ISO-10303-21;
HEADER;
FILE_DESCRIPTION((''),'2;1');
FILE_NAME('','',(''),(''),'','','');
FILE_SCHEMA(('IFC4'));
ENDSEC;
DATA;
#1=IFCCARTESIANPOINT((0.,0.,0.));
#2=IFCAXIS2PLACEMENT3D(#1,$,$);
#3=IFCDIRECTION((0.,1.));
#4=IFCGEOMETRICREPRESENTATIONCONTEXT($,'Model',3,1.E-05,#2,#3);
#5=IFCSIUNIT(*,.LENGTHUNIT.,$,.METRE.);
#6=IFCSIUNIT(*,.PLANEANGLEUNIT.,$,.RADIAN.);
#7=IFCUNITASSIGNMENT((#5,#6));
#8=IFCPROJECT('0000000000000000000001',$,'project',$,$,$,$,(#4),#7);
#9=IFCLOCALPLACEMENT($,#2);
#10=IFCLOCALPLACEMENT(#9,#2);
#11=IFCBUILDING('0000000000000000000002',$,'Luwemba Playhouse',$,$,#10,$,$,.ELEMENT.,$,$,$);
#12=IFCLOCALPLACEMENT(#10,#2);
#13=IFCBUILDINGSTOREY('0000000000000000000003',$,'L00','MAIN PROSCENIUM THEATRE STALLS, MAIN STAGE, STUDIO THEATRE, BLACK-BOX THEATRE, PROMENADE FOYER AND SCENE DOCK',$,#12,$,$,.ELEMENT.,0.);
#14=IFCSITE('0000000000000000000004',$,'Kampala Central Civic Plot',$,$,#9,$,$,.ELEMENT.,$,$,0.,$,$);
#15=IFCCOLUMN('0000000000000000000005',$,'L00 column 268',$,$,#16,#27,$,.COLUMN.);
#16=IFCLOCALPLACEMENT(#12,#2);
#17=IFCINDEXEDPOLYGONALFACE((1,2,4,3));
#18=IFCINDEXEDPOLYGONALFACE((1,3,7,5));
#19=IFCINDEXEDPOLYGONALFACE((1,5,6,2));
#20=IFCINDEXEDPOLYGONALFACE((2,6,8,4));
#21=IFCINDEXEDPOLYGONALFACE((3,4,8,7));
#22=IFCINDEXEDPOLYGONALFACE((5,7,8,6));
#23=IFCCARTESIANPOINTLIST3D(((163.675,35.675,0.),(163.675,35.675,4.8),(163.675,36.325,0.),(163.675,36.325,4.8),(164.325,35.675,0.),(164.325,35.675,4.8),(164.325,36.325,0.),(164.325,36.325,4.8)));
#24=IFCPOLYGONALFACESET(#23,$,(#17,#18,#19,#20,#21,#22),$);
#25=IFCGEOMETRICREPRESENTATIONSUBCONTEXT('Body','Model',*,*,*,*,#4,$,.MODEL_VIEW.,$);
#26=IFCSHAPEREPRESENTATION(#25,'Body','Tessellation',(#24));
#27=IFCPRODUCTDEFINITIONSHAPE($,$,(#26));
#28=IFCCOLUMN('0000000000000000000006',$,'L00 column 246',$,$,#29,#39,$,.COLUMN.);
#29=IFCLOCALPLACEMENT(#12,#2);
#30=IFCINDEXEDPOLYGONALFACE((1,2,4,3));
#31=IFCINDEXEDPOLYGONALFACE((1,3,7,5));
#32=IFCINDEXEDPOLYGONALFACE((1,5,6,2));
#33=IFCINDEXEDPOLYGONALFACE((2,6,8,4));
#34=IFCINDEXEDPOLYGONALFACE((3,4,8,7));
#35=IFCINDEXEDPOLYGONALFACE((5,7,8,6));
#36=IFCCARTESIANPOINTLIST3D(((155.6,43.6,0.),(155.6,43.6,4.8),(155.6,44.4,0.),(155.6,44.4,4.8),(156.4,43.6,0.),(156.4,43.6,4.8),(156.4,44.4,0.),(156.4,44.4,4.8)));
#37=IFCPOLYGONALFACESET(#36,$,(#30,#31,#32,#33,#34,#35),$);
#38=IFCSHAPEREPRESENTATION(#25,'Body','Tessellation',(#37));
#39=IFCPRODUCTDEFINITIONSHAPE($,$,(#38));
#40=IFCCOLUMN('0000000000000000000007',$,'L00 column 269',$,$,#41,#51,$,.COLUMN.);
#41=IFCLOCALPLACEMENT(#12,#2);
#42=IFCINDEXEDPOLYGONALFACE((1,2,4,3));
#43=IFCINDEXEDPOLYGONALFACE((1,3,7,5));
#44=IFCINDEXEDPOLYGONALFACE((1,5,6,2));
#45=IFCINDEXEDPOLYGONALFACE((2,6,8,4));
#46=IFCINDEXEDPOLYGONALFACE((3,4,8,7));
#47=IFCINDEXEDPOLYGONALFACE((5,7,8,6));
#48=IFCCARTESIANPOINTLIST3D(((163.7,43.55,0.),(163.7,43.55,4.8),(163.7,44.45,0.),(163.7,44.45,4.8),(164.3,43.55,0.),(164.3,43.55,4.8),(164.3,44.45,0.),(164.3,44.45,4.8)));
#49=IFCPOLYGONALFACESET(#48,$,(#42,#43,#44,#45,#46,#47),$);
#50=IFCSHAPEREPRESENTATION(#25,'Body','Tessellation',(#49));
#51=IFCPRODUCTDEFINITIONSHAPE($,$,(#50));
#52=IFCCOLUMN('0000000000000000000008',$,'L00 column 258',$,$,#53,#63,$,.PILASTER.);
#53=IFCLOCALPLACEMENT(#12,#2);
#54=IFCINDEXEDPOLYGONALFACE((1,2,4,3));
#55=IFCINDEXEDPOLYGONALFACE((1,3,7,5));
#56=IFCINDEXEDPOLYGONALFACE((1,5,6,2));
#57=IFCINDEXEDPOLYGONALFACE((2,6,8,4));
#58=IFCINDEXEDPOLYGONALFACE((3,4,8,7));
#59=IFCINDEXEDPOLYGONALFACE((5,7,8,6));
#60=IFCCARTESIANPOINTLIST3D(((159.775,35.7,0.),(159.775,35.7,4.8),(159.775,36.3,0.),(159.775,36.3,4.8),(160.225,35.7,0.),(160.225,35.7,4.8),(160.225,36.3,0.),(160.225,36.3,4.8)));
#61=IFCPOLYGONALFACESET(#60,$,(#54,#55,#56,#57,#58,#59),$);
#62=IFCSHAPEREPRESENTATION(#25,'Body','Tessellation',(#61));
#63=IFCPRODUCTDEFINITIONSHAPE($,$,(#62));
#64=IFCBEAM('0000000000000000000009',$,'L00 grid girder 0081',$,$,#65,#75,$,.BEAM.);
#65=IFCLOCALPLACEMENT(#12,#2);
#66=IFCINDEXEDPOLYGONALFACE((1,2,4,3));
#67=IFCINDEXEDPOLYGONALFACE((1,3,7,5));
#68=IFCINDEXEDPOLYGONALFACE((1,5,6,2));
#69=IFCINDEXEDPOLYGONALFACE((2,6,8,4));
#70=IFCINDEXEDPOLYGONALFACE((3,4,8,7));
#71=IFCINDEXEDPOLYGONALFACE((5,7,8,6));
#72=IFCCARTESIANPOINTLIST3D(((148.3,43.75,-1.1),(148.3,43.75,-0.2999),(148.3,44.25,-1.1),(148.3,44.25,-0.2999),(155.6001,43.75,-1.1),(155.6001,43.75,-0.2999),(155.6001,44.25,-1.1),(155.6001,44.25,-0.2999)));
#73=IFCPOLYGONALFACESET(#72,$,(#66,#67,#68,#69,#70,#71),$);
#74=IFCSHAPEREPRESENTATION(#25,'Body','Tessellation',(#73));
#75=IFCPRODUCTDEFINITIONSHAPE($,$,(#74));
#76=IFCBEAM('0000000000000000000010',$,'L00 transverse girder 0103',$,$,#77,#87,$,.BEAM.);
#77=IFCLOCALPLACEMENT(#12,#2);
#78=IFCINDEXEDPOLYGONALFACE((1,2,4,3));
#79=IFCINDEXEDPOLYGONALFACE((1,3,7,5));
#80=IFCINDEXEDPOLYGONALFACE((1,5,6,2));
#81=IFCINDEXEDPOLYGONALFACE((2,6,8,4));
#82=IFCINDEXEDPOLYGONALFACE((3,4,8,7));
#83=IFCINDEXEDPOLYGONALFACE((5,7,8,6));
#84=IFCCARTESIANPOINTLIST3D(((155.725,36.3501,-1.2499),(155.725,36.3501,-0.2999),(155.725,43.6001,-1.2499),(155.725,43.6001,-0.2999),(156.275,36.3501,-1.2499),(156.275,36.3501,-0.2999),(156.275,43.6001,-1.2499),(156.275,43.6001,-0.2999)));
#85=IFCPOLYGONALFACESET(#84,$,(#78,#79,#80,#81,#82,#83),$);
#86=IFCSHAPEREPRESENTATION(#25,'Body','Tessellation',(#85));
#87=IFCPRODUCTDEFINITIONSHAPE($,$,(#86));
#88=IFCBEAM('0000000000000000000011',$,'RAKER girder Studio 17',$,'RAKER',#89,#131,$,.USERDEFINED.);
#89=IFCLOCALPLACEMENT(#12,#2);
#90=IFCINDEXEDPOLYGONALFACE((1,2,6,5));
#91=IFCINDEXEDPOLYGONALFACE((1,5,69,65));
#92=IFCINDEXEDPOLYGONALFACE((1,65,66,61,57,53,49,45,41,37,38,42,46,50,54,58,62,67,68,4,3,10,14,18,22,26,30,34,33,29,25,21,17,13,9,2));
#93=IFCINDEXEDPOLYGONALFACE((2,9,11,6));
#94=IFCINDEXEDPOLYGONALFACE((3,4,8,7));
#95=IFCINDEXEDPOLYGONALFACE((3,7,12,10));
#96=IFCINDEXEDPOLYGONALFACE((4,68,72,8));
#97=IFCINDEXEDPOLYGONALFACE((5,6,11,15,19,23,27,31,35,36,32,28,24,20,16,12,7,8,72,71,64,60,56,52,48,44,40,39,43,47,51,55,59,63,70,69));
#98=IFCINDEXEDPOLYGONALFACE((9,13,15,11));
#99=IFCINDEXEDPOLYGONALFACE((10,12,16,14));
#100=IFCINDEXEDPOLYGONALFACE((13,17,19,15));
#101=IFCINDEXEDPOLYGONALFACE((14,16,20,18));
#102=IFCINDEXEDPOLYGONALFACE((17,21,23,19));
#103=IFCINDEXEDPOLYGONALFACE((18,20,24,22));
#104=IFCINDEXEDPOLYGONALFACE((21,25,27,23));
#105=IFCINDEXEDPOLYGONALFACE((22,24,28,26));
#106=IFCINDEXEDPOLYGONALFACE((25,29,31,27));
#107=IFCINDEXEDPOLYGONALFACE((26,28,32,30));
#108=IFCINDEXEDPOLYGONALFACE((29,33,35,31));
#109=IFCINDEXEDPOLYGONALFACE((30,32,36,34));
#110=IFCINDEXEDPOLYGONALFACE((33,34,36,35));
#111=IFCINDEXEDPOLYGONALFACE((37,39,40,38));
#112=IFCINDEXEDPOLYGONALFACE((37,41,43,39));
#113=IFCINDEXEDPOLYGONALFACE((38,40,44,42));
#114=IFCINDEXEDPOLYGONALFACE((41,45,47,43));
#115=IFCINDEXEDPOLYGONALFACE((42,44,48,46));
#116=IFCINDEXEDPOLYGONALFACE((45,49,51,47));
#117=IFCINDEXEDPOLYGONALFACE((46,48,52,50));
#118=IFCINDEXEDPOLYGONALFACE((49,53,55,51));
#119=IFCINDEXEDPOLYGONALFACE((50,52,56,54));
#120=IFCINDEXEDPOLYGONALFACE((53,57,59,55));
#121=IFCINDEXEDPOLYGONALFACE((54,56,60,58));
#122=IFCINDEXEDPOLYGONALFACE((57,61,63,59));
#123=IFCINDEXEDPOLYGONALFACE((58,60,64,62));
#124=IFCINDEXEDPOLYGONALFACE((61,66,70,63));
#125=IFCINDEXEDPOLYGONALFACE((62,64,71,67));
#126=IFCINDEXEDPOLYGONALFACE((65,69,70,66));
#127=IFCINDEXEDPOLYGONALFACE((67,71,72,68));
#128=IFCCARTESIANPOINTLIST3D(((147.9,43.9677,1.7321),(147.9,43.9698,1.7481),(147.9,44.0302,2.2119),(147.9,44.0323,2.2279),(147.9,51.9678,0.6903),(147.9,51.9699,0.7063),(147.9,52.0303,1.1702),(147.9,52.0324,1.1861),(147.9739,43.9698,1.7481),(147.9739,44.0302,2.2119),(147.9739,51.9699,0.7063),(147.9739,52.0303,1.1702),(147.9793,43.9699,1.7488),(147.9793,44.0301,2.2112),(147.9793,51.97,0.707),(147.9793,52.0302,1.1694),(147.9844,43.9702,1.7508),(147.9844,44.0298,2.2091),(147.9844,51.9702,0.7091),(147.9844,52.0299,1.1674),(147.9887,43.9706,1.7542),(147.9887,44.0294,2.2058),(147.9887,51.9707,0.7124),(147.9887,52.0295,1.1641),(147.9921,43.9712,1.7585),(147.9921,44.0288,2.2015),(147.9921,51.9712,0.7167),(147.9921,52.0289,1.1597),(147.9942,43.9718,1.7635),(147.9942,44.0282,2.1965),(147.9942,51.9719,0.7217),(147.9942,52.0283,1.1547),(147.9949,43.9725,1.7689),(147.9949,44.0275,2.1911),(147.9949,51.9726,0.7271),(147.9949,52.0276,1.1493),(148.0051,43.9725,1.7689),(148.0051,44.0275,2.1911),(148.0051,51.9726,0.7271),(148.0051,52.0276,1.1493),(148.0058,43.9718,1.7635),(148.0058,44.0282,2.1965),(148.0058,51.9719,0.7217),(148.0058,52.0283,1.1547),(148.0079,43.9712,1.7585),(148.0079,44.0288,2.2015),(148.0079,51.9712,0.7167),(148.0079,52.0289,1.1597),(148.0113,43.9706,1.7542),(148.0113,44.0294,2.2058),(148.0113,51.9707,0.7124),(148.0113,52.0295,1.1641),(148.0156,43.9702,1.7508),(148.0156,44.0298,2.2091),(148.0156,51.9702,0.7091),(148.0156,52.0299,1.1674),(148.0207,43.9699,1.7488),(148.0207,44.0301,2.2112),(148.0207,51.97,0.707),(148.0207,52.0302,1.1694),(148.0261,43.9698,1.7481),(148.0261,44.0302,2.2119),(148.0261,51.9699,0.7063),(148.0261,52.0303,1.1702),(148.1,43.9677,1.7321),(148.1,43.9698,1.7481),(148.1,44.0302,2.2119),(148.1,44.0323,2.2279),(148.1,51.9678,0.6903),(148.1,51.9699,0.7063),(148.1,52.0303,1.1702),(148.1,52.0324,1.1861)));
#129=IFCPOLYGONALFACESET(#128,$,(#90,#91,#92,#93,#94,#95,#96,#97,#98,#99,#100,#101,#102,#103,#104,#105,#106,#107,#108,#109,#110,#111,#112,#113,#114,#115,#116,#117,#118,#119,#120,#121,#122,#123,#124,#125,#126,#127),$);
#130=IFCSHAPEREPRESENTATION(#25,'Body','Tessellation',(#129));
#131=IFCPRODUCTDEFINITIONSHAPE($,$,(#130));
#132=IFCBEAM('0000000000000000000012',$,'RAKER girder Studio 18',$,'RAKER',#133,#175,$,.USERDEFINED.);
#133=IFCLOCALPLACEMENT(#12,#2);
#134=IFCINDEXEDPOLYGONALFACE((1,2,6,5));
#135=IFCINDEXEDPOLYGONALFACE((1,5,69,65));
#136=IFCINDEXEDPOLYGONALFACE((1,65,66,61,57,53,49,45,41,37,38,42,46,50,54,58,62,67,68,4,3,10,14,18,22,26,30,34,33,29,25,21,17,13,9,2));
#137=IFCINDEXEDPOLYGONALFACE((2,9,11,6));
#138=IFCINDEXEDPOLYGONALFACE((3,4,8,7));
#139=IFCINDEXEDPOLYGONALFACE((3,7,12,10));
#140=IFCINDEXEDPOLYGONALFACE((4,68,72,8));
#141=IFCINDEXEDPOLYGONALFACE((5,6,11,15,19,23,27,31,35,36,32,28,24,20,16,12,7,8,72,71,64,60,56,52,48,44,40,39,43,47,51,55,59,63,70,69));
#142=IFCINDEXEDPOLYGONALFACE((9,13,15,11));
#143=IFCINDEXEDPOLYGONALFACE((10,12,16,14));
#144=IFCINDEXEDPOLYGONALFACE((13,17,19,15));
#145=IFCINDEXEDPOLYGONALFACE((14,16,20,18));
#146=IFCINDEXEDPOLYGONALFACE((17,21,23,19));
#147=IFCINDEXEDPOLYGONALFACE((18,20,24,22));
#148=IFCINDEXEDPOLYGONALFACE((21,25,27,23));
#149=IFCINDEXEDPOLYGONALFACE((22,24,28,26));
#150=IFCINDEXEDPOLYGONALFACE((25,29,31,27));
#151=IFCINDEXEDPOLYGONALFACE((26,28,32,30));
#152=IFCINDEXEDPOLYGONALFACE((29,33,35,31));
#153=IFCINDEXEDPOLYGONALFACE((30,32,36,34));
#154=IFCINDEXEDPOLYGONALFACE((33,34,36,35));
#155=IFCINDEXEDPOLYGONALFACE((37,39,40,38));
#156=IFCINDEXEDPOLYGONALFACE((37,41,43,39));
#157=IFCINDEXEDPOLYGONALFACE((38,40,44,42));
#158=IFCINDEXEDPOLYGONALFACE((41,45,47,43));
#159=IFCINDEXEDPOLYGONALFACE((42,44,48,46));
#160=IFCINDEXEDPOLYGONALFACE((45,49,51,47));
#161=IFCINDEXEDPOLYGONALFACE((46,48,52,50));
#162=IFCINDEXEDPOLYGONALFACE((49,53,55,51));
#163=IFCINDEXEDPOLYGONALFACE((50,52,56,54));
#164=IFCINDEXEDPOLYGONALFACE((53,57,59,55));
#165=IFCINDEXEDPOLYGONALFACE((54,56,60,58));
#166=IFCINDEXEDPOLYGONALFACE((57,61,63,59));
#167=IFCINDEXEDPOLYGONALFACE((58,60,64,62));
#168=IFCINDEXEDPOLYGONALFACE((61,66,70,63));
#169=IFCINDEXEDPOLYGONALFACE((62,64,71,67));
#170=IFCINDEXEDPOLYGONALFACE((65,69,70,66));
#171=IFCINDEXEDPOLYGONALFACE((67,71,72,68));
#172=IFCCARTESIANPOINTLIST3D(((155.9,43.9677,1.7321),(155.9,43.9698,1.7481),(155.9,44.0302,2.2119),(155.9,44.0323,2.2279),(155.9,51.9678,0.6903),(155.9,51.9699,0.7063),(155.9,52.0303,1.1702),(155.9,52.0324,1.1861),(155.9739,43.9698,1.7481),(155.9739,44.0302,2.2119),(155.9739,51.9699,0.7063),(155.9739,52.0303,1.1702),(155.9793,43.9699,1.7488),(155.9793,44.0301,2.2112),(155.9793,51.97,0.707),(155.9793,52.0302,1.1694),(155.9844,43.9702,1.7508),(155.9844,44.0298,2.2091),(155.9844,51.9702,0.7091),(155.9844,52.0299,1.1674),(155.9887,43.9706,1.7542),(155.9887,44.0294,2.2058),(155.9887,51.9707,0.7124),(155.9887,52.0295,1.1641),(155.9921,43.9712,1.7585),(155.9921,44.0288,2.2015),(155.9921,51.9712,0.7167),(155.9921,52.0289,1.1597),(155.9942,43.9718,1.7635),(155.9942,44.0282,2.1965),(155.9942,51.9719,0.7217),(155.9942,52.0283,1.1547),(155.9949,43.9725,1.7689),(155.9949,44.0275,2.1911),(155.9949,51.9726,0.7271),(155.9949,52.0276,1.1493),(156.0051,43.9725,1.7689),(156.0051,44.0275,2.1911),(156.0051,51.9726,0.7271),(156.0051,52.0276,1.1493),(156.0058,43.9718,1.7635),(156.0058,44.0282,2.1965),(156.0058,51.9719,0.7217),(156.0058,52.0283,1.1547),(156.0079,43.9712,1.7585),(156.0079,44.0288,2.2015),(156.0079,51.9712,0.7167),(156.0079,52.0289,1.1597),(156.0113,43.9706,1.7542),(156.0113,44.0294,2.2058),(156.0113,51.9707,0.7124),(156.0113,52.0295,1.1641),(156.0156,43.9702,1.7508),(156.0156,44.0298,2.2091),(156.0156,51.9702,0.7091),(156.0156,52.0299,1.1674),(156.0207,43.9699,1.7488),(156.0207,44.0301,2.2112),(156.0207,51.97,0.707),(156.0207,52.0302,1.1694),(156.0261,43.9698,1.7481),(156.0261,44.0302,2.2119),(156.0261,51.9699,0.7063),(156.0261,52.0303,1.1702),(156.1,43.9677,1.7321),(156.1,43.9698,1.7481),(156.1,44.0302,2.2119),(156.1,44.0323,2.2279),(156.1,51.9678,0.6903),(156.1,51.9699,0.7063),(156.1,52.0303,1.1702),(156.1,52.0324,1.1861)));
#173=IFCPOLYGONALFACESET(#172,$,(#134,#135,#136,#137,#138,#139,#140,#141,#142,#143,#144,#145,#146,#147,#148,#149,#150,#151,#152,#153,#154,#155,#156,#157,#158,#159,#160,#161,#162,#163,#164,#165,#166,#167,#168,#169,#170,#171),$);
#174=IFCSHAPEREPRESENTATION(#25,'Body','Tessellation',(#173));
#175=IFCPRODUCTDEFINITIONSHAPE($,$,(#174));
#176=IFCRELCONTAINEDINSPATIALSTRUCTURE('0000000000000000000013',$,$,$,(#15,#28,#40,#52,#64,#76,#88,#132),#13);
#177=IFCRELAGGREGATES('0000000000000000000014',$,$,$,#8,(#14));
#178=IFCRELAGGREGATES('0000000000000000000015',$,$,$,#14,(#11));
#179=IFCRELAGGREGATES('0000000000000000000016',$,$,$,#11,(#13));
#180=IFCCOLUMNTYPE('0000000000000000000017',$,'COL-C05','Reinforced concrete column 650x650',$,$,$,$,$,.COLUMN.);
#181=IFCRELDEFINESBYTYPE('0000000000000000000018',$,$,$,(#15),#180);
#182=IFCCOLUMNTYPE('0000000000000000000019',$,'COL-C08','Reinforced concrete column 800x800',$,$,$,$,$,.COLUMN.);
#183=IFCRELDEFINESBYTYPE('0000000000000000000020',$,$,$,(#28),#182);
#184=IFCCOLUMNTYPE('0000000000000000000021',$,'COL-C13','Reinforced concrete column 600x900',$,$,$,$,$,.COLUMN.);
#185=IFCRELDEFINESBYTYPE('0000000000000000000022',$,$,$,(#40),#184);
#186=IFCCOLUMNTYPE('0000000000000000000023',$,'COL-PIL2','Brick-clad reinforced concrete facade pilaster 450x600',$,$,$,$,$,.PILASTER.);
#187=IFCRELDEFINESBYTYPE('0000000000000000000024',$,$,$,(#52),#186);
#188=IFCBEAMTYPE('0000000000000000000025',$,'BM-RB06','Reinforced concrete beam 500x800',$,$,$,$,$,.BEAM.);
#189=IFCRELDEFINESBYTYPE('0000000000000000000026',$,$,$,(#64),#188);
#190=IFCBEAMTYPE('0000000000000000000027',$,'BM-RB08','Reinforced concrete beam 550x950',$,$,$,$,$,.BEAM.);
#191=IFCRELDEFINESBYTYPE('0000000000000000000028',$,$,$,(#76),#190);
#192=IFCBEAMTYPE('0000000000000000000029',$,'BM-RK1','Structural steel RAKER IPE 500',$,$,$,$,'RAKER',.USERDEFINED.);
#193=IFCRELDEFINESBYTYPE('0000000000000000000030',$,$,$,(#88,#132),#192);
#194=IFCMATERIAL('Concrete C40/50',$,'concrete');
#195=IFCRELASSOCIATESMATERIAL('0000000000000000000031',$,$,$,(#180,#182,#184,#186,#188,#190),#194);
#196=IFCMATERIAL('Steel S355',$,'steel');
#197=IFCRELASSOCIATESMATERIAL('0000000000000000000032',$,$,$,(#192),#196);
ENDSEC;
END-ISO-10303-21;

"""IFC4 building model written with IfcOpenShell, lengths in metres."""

from ifc_helpers import new_model, si_unit, direction, frame, origin, origin_2d, place, context, subcontext, project, spatial, rectangle, i_section, extrude, material, material_profile, profile_set, type_object, element, save


model = new_model("IFC4")

# Units and contexts
model_context = context("Model", 3, precision=1e-05, world=origin(), true_north=direction((0.0, 1.0)))
body_context = subcontext(model_context, "Body", "Model", "MODEL_VIEW")
ifc_project = project(units=[si_unit("LENGTHUNIT", "METRE"), si_unit("PLANEANGLEUNIT", "RADIAN")], contexts=[model_context])

# Site, building, storey
site_placement = place(None, origin())
site = spatial("IfcSite", under=ifc_project, at=site_placement, Name="Kampala Central Civic Plot", CompositionType="ELEMENT", RefElevation=0.0)
building_placement = place(site_placement, origin())
building = spatial("IfcBuilding", under=site, at=building_placement, Name="Luwemba Playhouse", CompositionType="ELEMENT")
storey_placement = place(building_placement, origin())
storey = spatial("IfcBuildingStorey", under=building, at=storey_placement, Name="L00", Description="MAIN PROSCENIUM THEATRE STALLS, MAIN STAGE, STUDIO THEATRE, BLACK-BOX THEATRE, PROMENADE FOYER AND SCENE DOCK", CompositionType="ELEMENT", Elevation=0.0)

# Columns
ifc_material_1 = material(Name="Concrete C40/50", Category="concrete")
ifc_material_profile_1 = material_profile(ifc_material_1, rectangle(XDim=0.6499, YDim=0.6499, at=origin_2d()))
ifc_profile_set_1 = profile_set([ifc_material_profile_1], Name="Concrete C40/50")
column_type_1 = type_object("IfcColumnType", Name="COL-C05", Description="Reinforced concrete column 650x650", PredefinedType="COLUMN", material=ifc_profile_set_1)
column_1_placement = place(storey_placement, frame((164.0, 36.0, 0.0), z_axis=(0.0, 0.0, 1.0), x_axis=(1.0, 0.0, 0.0)))
element("IfcColumn", 1, at=column_1_placement, inside=storey, type_object=column_type_1, Name="L00 column 268", PredefinedType="COLUMN", context=body_context, shape_type="SweptSolid", body=[
    extrude(rectangle(XDim=0.6499, YDim=0.6499, at=origin_2d()), origin(), (0.0, 0.0, 1.0), 4.8),
])
ifc_material_profile_2 = material_profile(ifc_material_1, rectangle(XDim=0.8, YDim=0.8, at=origin_2d()))
ifc_profile_set_2 = profile_set([ifc_material_profile_2], Name="Concrete C40/50")
column_type_2 = type_object("IfcColumnType", Name="COL-C08", Description="Reinforced concrete column 800x800", PredefinedType="COLUMN", material=ifc_profile_set_2)
column_2_placement = place(storey_placement, frame((156.0, 44.0, 0.0), z_axis=(0.0, 0.0, 1.0), x_axis=(1.0, 0.0, 0.0)))
element("IfcColumn", 2, at=column_2_placement, inside=storey, type_object=column_type_2, Name="L00 column 246", PredefinedType="COLUMN", context=body_context, shape_type="SweptSolid", body=[
    extrude(rectangle(XDim=0.8, YDim=0.8, at=origin_2d()), origin(), (0.0, 0.0, 1.0), 4.8),
])
ifc_material_profile_3 = material_profile(ifc_material_1, rectangle(XDim=0.6001, YDim=0.8999, at=origin_2d()))
ifc_profile_set_3 = profile_set([ifc_material_profile_3], Name="Concrete C40/50")
column_type_3 = type_object("IfcColumnType", Name="COL-C13", Description="Reinforced concrete column 600x900", PredefinedType="COLUMN", material=ifc_profile_set_3)
column_3_placement = place(storey_placement, frame((164.0, 44.0, 0.0), z_axis=(0.0, 0.0, 1.0), x_axis=(1.0, 0.0, 0.0)))
element("IfcColumn", 3, at=column_3_placement, inside=storey, type_object=column_type_3, Name="L00 column 269", PredefinedType="COLUMN", context=body_context, shape_type="SweptSolid", body=[
    extrude(rectangle(XDim=0.6001, YDim=0.8999, at=origin_2d()), origin(), (0.0, 0.0, 1.0), 4.8),
])
ifc_material_profile_4 = material_profile(ifc_material_1, rectangle(XDim=0.45, YDim=0.6001, at=origin_2d()))
ifc_profile_set_4 = profile_set([ifc_material_profile_4], Name="Concrete C40/50")
column_type_4 = type_object("IfcColumnType", Name="COL-PIL2", Description="Brick-clad reinforced concrete facade pilaster 450x600", PredefinedType="PILASTER", material=ifc_profile_set_4)
column_4_placement = place(storey_placement, frame((160.0, 36.0, 0.0), z_axis=(0.0, 0.0, 1.0), x_axis=(1.0, 0.0, 0.0)))
element("IfcColumn", 4, at=column_4_placement, inside=storey, type_object=column_type_4, Name="L00 column 258", PredefinedType="PILASTER", context=body_context, shape_type="SweptSolid", body=[
    extrude(rectangle(XDim=0.45, YDim=0.6001, at=origin_2d()), origin(), (0.0, 0.0, 1.0), 4.8),
])

# Beams
ifc_material_profile_5 = material_profile(ifc_material_1, rectangle(XDim=0.5, YDim=0.8, at=origin_2d()))
ifc_profile_set_5 = profile_set([ifc_material_profile_5], Name="Concrete C40/50")
beam_type_1 = type_object("IfcBeamType", Name="BM-RB06", Description="Reinforced concrete beam 500x800", PredefinedType="BEAM", material=ifc_profile_set_5)
beam_1_placement = place(storey_placement, frame((148.3, 44.0, -0.7), z_axis=(1.0, 0.0, 0.0), x_axis=(0.0, 1.0, 0.0)))
element("IfcBeam", 5, at=beam_1_placement, inside=storey, type_object=beam_type_1, Name="L00 grid girder 0081", PredefinedType="BEAM", context=body_context, shape_type="SweptSolid", body=[
    extrude(rectangle(XDim=0.5, YDim=0.8, at=origin_2d()), origin(), (0.0, 0.0, 1.0), 7.3),
])
ifc_material_profile_6 = material_profile(ifc_material_1, rectangle(XDim=0.55, YDim=0.95, at=origin_2d()))
ifc_profile_set_6 = profile_set([ifc_material_profile_6], Name="Concrete C40/50")
beam_type_2 = type_object("IfcBeamType", Name="BM-RB08", Description="Reinforced concrete beam 550x950", PredefinedType="BEAM", material=ifc_profile_set_6)
beam_2_placement = place(storey_placement, frame((156.0, 36.3501, -0.7749), z_axis=(0.0, 1.0, 0.0), x_axis=(-1.0, 0.0, 0.0)))
element("IfcBeam", 6, at=beam_2_placement, inside=storey, type_object=beam_type_2, Name="L00 transverse girder 0103", PredefinedType="BEAM", context=body_context, shape_type="SweptSolid", body=[
    extrude(rectangle(XDim=0.55, YDim=0.95, at=origin_2d()), origin(), (0.0, 0.0, 1.0), 7.25),
])
ifc_material_2 = material(Name="Steel S355", Category="steel")
ifc_material_profile_7 = material_profile(ifc_material_2, i_section(OverallWidth=0.2, OverallDepth=0.5, WebThickness=0.0103, FlangeThickness=0.0161, FilletRadius=0.021, at=origin_2d()))
ifc_profile_set_7 = profile_set([ifc_material_profile_7], Name="Steel S355")
beam_type_3 = type_object("IfcBeamType", Name="BM-RK1", Description="Structural steel RAKER IPE 500", ElementType="RAKER", PredefinedType="USERDEFINED", material=ifc_profile_set_7)
for number, where, z_axis, x_axis, name in (
    (7, (148.0, 44.0, 1.98), (0.0, 0.991628, -0.129128), (-1.0, 0.0, 0.0), "RAKER girder Studio 17"),
    (8, (156.0, 44.0, 1.98), (0.0, 0.991628, -0.129128), (-1.0, 0.0, 0.0), "RAKER girder Studio 18"),
):
    element("IfcBeam", number, at=place(storey_placement, frame(where, z_axis=z_axis, x_axis=x_axis)), inside=storey, type_object=beam_type_3, Name=name, ObjectType="RAKER", PredefinedType="USERDEFINED", context=body_context, shape_type="SweptSolid", body=[
        extrude(i_section(OverallWidth=0.2, OverallDepth=0.5, WebThickness=0.0103, FlangeThickness=0.0161, FilletRadius=0.021, at=origin_2d()), origin(), (0.0, 0.0, 1.0), 8.0676),
    ])

save(model, "model.ifc")
